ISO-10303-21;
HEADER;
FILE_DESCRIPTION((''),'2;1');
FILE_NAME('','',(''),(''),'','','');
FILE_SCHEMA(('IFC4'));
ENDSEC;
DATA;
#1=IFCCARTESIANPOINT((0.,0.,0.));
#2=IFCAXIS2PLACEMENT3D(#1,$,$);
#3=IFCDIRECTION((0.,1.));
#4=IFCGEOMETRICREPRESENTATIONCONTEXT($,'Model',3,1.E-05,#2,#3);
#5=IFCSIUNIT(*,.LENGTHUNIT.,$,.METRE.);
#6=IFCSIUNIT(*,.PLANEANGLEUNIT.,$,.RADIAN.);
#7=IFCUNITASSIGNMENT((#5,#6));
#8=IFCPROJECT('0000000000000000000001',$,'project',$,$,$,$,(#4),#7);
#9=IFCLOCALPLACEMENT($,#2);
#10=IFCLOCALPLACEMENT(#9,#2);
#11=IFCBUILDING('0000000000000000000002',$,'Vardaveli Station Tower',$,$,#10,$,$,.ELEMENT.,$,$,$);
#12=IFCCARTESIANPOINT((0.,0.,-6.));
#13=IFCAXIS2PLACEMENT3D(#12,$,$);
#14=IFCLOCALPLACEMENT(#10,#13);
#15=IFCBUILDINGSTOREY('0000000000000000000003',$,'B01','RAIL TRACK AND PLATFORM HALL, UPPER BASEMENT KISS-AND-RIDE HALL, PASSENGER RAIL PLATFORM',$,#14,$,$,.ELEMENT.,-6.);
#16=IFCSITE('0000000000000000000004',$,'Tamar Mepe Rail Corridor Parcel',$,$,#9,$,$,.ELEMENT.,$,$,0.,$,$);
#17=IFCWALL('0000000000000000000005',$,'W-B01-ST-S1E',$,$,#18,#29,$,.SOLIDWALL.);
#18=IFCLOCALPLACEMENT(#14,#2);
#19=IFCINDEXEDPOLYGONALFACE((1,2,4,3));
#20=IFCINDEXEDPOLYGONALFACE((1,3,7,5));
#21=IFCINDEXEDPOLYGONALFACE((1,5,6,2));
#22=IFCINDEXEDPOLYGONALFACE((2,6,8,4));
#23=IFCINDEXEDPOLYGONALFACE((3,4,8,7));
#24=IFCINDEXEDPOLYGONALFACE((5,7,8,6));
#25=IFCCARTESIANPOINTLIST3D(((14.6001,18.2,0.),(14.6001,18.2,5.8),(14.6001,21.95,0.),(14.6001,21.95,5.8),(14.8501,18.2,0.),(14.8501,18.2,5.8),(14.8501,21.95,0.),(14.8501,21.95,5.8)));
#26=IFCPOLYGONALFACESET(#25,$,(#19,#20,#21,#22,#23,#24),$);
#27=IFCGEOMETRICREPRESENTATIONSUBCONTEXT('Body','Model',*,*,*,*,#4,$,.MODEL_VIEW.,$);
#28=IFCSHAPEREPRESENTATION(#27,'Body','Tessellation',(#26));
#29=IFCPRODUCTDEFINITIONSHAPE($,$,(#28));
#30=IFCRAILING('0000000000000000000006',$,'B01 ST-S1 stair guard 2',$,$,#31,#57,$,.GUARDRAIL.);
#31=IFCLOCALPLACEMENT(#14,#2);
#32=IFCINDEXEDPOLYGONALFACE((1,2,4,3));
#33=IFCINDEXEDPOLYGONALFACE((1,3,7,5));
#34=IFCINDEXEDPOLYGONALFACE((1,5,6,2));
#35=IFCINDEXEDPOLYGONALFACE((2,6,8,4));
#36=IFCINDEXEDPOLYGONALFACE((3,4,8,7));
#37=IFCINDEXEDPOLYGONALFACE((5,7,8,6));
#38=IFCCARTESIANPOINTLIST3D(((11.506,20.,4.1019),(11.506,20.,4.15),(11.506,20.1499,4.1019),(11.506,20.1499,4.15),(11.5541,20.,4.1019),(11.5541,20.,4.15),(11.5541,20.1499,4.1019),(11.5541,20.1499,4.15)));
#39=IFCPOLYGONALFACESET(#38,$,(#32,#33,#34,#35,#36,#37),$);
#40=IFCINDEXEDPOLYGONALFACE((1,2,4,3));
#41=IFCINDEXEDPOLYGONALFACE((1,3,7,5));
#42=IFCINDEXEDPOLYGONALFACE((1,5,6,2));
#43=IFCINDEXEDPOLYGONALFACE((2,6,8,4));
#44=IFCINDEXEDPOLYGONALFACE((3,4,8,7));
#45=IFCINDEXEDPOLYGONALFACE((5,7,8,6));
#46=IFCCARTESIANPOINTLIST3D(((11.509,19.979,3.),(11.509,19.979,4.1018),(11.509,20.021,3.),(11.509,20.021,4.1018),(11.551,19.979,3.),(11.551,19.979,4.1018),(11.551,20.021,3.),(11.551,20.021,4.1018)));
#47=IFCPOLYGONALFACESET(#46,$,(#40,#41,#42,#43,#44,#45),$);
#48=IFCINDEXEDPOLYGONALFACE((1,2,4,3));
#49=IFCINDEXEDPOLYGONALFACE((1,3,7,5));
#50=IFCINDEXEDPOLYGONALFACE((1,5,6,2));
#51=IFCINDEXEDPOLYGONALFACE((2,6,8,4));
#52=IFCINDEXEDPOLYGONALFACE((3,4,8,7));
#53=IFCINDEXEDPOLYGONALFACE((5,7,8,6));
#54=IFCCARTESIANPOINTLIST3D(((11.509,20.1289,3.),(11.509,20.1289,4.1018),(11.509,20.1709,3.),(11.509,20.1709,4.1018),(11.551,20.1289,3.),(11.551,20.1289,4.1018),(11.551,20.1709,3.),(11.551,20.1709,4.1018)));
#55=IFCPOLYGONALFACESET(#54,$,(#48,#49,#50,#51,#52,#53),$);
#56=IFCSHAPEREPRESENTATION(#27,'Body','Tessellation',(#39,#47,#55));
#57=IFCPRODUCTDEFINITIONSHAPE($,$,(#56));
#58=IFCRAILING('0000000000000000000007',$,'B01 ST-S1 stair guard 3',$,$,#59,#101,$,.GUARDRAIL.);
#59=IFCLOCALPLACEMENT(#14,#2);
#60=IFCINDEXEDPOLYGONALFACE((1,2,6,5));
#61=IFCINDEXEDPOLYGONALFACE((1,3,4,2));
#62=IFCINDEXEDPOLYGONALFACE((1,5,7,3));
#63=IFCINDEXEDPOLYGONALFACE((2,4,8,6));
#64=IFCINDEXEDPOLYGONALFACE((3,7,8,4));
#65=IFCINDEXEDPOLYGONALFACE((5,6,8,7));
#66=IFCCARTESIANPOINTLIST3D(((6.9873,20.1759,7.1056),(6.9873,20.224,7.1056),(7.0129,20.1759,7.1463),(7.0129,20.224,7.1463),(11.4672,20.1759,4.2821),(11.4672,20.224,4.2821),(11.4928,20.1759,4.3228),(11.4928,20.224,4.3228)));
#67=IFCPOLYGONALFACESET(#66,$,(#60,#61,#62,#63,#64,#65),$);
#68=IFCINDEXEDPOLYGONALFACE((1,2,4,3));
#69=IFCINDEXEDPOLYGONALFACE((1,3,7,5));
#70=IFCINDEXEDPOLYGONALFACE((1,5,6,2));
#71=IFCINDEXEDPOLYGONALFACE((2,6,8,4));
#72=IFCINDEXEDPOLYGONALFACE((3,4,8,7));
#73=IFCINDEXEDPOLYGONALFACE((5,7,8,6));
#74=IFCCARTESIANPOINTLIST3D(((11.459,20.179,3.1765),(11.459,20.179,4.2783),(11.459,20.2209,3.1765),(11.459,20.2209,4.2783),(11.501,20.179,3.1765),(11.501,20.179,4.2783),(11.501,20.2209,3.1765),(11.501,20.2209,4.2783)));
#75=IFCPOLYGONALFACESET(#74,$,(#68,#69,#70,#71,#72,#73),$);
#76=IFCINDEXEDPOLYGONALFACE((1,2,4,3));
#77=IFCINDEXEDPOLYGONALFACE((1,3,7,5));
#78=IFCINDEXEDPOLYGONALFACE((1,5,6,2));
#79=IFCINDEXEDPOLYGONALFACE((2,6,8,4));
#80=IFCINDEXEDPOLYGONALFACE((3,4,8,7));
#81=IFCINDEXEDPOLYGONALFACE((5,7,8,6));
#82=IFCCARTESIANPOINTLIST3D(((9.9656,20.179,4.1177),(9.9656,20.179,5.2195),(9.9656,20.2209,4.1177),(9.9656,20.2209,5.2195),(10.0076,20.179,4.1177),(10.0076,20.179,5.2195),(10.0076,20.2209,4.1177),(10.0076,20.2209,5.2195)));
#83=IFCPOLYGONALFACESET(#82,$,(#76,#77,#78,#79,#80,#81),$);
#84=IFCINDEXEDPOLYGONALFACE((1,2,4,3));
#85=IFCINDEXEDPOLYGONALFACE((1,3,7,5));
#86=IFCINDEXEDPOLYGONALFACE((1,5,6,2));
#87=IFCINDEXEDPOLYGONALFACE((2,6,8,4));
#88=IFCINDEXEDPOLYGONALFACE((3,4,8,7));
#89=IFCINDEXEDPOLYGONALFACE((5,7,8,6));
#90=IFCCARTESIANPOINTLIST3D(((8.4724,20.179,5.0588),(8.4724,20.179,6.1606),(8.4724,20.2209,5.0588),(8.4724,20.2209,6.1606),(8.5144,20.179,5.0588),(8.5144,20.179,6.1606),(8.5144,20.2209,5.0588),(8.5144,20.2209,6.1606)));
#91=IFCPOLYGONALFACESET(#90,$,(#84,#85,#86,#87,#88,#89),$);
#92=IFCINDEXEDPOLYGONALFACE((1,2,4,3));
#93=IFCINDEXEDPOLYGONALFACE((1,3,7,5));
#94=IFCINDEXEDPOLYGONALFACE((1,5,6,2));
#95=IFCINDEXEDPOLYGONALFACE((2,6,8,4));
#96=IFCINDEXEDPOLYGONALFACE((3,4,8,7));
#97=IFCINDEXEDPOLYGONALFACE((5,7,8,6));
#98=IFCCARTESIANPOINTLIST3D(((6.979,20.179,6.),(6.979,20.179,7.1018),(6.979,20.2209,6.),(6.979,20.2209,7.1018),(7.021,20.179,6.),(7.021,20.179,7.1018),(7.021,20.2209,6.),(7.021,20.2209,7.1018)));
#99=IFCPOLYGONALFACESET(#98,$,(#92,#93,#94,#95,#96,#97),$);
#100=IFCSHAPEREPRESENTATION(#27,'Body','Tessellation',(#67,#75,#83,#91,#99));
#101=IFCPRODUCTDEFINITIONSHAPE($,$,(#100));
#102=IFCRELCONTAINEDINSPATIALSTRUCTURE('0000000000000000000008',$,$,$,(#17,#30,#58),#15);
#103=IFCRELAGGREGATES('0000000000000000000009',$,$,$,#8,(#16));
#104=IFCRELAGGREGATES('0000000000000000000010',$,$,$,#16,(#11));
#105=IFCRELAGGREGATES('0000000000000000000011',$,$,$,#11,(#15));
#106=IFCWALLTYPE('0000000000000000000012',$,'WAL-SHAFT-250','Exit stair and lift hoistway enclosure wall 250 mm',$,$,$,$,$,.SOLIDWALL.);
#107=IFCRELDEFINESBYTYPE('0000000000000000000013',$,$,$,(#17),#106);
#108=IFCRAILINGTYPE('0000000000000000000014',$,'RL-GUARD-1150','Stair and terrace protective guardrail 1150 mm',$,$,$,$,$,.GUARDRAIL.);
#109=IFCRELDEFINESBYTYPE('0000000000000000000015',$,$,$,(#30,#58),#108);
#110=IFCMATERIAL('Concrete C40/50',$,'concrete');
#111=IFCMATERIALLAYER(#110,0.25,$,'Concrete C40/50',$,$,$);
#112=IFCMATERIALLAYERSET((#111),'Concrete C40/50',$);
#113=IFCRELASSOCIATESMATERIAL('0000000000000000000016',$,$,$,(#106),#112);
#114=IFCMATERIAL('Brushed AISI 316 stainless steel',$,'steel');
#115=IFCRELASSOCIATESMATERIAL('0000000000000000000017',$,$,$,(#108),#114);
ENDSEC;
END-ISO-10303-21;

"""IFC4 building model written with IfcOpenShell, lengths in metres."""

from ifc_helpers import new_model, si_unit, direction, frame, frame_2d, origin, origin_2d, place, context, subcontext, project, spatial, rectangle, extrude, source, transform, mapped, material, layer, layer_set, type_object, element, save


model = new_model("IFC4")

# Units and contexts
model_context = context("Model", 3, precision=1e-05, world=origin(), true_north=direction((0.0, 1.0)))
body_context = subcontext(model_context, "Body", "Model", "MODEL_VIEW")
ifc_project = project(units=[si_unit("LENGTHUNIT", "METRE"), si_unit("PLANEANGLEUNIT", "RADIAN")], contexts=[model_context])

# Site, building, storey
site_placement = place(None, origin())
site = spatial("IfcSite", under=ifc_project, at=site_placement, Name="Tamar Mepe Rail Corridor Parcel", CompositionType="ELEMENT", RefElevation=0.0)
building_placement = place(site_placement, origin())
building = spatial("IfcBuilding", under=site, at=building_placement, Name="Vardaveli Station Tower", CompositionType="ELEMENT")
storey_placement = place(building_placement, frame((0.0, 0.0, -6.0)))
storey = spatial("IfcBuildingStorey", under=building, at=storey_placement, Name="B01", Description="RAIL TRACK AND PLATFORM HALL, UPPER BASEMENT KISS-AND-RIDE HALL, PASSENGER RAIL PLATFORM", CompositionType="ELEMENT", Elevation=-6.0)

# Wall
ifc_material_1 = material(Name="Concrete C40/50", Category="concrete")
ifc_layer = layer(ifc_material_1, 0.25, Name="Concrete C40/50")
ifc_layer_set = layer_set([ifc_layer], Name="Concrete C40/50")
wall_type = type_object("IfcWallType", Name="WAL-SHAFT-250", Description="Exit stair and lift hoistway enclosure wall 250 mm", PredefinedType="SOLIDWALL", material=ifc_layer_set)
shared_shape_1 = source(origin(), body_context, "Body", "SweptSolid", [
    extrude(rectangle(XDim=3.75, YDim=0.25, at=frame_2d((1.875, 0.0))), origin(), (0.0, 0.0, 1.0), 5.8),
])
wall_placement = place(storey_placement, frame((14.7251, 18.2, 0.0), z_axis=(0.0, 0.0, 1.0), x_axis=(0.0, 1.0, 0.0)))
element("IfcWall", 1, at=wall_placement, inside=storey, type_object=wall_type, Name="W-B01-ST-S1E", PredefinedType="SOLIDWALL", context=body_context, shape_type="MappedRepresentation", body=[
    mapped(shared_shape_1, transform((0.0, 0.0, 0.0), scale=1.0)),
])

# Railings
ifc_material_2 = material(Name="Brushed AISI 316 stainless steel", Category="steel")
railing_type = type_object("IfcRailingType", Name="RL-GUARD-1150", Description="Stair and terrace protective guardrail 1150 mm", PredefinedType="GUARDRAIL", material=ifc_material_2)
shared_shape_2 = source(origin(), body_context, "Body", "SweptSolid", [
    extrude(rectangle(XDim=0.0481, YDim=0.0481, at=origin_2d()), frame((0.0, 0.0, 1.126), z_axis=(0.0, 1.0, 0.0), x_axis=(-1.0, 0.0, 0.0)), (0.0, 0.0, 1.0), 0.1499),
    extrude(rectangle(XDim=0.042, YDim=0.042, at=origin_2d()), origin(), (0.0, 0.0, 1.0), 1.1018),
    extrude(rectangle(XDim=0.042, YDim=0.042, at=origin_2d()), frame((0.0, 0.1499, 0.0)), (0.0, 0.0, 1.0), 1.1018),
])
railing_1_placement = place(storey_placement, frame((11.53, 20.0, 3.0)))
element("IfcRailing", 2, at=railing_1_placement, inside=storey, type_object=railing_type, Name="B01 ST-S1 stair guard 2", PredefinedType="GUARDRAIL", context=body_context, shape_type="MappedRepresentation", body=[
    mapped(shared_shape_2, transform((0.0, 0.0, 0.0), scale=1.0)),
])
shared_shape_3 = source(origin(), body_context, "Body", "SweptSolid", [
    extrude(rectangle(XDim=0.0481, YDim=0.0481, at=origin_2d()), frame((0.0, 0.0, 1.126), z_axis=(-0.845998, 0.0, 0.533186), x_axis=(0.0, -1.0, 0.0)), (0.0, 0.0, 1.0), 5.2954),
    extrude(rectangle(XDim=0.042, YDim=0.042, at=origin_2d()), origin(), (0.0, 0.0, 1.0), 1.1018),
    extrude(rectangle(XDim=0.042, YDim=0.042, at=origin_2d()), frame((-1.4934, 0.0, 0.9412)), (0.0, 0.0, 1.0), 1.1018),
    extrude(rectangle(XDim=0.042, YDim=0.042, at=origin_2d()), frame((-2.9866, 0.0, 1.8823)), (0.0, 0.0, 1.0), 1.1018),
    extrude(rectangle(XDim=0.042, YDim=0.042, at=origin_2d()), frame((-4.48, 0.0, 2.8235)), (0.0, 0.0, 1.0), 1.1018),
])
railing_2_placement = place(storey_placement, frame((11.48, 20.2, 3.1765)))
element("IfcRailing", 3, at=railing_2_placement, inside=storey, type_object=railing_type, Name="B01 ST-S1 stair guard 3", PredefinedType="GUARDRAIL", context=body_context, shape_type="MappedRepresentation", body=[
    mapped(shared_shape_3, transform((0.0, 0.0, 0.0), scale=1.0)),
])

save(model, "model.ifc")
